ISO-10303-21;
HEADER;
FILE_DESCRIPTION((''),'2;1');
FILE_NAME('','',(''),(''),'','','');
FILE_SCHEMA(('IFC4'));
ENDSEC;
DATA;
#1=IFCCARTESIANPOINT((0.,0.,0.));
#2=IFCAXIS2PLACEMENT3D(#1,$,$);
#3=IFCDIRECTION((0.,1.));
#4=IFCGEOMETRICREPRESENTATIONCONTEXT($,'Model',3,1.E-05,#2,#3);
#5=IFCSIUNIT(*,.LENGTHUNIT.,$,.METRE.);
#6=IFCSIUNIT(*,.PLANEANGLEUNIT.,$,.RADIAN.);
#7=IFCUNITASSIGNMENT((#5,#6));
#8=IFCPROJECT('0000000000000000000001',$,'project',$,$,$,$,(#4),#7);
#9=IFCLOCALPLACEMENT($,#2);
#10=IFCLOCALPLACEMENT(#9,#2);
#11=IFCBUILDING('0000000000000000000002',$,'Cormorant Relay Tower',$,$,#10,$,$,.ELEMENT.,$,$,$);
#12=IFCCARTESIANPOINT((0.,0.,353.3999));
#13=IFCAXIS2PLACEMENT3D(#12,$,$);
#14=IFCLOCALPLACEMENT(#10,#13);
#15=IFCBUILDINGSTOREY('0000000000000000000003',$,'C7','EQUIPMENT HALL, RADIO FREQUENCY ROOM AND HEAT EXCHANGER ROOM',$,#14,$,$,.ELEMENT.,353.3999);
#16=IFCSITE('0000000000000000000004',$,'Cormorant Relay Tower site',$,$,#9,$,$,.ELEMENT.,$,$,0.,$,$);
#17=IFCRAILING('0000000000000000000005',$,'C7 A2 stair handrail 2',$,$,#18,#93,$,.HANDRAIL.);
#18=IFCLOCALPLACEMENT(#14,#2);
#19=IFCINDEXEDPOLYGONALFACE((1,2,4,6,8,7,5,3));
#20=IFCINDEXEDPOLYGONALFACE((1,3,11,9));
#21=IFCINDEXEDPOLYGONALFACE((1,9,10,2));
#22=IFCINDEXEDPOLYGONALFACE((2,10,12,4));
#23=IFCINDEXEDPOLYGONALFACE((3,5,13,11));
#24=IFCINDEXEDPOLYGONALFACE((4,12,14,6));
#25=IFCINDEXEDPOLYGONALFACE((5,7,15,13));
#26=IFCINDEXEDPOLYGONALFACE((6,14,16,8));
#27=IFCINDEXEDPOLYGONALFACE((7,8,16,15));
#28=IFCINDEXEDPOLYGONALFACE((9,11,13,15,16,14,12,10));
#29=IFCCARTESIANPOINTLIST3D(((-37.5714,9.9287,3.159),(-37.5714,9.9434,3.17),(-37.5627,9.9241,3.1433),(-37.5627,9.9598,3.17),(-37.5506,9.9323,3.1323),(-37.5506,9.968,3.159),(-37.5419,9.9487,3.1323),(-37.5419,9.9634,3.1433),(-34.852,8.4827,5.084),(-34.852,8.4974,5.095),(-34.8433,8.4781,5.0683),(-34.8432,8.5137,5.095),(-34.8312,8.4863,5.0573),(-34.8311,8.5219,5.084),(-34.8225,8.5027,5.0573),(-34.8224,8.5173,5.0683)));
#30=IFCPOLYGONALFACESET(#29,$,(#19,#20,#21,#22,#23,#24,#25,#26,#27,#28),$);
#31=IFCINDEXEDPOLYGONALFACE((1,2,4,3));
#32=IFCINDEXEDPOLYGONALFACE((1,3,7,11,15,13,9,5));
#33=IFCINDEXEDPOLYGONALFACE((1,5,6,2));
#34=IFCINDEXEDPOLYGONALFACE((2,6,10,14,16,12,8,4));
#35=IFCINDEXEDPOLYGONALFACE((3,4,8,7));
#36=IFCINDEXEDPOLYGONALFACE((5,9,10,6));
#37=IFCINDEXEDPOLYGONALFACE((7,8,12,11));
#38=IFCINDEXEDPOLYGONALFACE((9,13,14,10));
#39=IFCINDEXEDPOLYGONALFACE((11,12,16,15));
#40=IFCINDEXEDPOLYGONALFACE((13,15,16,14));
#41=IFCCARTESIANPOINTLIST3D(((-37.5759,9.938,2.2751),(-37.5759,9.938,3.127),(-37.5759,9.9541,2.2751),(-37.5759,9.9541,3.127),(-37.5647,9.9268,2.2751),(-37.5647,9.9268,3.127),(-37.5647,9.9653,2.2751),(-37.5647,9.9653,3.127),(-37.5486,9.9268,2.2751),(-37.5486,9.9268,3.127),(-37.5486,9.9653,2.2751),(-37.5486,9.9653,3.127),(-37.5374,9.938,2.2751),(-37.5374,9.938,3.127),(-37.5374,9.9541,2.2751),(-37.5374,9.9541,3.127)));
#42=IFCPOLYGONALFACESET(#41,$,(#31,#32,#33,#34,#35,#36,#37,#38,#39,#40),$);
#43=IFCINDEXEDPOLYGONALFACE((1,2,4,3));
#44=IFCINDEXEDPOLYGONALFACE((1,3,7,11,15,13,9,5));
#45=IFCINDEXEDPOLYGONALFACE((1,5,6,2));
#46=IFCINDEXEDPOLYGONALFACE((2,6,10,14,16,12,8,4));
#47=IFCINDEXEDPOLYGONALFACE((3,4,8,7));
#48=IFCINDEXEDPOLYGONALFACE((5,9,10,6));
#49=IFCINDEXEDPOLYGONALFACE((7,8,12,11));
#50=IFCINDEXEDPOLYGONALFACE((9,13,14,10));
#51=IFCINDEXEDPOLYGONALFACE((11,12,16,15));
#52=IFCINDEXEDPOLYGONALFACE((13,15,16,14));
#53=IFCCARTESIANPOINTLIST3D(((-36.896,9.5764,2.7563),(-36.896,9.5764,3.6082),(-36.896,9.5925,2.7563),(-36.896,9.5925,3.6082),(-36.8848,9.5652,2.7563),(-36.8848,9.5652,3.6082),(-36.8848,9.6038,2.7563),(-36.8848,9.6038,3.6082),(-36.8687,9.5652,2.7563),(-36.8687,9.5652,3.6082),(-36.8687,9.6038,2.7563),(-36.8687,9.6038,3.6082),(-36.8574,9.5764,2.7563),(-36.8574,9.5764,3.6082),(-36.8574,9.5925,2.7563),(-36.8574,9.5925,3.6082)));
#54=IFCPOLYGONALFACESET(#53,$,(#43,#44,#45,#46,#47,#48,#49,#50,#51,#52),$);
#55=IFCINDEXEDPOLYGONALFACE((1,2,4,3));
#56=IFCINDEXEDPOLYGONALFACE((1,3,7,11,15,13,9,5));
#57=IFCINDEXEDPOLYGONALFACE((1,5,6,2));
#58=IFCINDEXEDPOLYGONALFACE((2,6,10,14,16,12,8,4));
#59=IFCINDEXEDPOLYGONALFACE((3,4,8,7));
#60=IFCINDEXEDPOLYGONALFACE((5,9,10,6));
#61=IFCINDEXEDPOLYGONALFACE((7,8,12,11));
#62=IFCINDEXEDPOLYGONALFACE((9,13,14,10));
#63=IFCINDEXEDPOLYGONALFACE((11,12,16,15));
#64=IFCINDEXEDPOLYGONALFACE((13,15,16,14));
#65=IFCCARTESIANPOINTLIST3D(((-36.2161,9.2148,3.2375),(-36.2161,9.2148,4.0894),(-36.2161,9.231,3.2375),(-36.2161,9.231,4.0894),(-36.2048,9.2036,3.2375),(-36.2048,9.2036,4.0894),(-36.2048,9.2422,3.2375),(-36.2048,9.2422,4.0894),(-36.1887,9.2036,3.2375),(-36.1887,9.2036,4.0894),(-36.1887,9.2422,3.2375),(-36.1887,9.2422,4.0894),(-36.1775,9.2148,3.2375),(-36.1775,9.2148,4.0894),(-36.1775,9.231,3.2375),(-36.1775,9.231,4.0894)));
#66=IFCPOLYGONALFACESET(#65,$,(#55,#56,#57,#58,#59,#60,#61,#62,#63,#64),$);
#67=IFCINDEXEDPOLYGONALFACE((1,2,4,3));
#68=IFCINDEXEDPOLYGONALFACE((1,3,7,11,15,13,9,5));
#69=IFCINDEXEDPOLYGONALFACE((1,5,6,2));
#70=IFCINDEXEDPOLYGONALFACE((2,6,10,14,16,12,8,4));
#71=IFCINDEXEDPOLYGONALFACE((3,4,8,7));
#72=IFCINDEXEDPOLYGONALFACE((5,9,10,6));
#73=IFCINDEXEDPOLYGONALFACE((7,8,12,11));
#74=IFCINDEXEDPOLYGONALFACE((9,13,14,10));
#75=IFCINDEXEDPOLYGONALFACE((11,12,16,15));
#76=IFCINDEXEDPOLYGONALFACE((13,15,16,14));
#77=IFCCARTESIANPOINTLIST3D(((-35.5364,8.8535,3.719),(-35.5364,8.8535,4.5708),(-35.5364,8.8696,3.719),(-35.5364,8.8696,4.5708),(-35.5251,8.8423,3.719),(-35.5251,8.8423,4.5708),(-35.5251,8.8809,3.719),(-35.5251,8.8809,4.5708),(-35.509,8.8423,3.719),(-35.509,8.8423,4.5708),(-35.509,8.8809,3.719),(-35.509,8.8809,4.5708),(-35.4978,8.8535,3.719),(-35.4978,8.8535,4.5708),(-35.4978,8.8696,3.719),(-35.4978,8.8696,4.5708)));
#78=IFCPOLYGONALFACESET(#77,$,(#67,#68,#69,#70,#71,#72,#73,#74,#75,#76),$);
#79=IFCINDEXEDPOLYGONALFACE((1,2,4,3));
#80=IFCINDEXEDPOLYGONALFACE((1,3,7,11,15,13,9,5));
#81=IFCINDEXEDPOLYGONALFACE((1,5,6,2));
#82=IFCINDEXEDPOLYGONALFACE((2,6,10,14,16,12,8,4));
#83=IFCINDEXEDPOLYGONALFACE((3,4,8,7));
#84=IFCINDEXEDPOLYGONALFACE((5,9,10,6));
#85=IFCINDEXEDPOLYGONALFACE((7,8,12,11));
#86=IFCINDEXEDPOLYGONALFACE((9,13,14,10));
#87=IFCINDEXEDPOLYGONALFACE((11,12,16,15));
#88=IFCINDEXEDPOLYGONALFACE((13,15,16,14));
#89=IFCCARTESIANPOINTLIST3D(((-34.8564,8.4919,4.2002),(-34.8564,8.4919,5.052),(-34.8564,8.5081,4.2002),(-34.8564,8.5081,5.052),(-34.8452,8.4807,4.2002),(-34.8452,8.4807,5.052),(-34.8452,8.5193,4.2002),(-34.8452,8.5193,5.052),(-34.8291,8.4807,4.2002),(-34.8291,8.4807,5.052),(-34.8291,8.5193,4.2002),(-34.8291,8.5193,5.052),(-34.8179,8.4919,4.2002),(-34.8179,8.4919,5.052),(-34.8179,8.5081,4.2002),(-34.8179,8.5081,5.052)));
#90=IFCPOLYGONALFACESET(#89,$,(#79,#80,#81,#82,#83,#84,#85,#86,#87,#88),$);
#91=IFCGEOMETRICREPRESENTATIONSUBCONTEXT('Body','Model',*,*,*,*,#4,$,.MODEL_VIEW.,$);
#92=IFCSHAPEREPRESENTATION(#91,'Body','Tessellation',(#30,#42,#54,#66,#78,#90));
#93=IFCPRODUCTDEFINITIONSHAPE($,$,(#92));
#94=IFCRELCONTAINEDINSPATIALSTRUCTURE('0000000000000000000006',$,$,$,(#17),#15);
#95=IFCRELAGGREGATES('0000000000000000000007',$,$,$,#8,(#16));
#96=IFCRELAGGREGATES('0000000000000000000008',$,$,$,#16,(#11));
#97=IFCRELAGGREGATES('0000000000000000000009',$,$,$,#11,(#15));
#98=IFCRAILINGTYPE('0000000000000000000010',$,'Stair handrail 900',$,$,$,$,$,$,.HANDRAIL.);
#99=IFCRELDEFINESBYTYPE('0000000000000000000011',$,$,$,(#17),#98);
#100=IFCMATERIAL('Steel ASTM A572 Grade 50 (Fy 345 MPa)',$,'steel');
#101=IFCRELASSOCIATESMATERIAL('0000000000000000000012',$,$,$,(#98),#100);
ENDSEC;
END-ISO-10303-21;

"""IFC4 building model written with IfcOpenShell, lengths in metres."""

from ifc_helpers import new_model, si_unit, direction, frame, origin, place, context, subcontext, project, spatial, polyline, outline, extrude, material, type_object, element, save


model = new_model("IFC4")

# Units and contexts
model_context = context("Model", 3, precision=1e-05, world=origin(), true_north=direction((0.0, 1.0)))
body_context = subcontext(model_context, "Body", "Model", "MODEL_VIEW")
ifc_project = project(units=[si_unit("LENGTHUNIT", "METRE"), si_unit("PLANEANGLEUNIT", "RADIAN")], contexts=[model_context])

# Site, building, storey
site_placement = place(None, origin())
site = spatial("IfcSite", under=ifc_project, at=site_placement, Name="Cormorant Relay Tower site", CompositionType="ELEMENT", RefElevation=0.0)
building_placement = place(site_placement, origin())
building = spatial("IfcBuilding", under=site, at=building_placement, Name="Cormorant Relay Tower", CompositionType="ELEMENT")
storey_placement = place(building_placement, frame((0.0, 0.0, 353.3999)))
storey = spatial("IfcBuildingStorey", under=building, at=storey_placement, Name="C7", Description="EQUIPMENT HALL, RADIO FREQUENCY ROOM AND HEAT EXCHANGER ROOM", CompositionType="ELEMENT", Elevation=353.3999)

# Railing
ifc_material_1 = material(Name="Steel ASTM A572 Grade 50 (Fy 345 MPa)", Category="steel")
railing_type_1 = type_object("IfcRailingType", Name="Stair handrail 900", PredefinedType="HANDRAIL", material=ifc_material_1)
railing_1_placement = place(storey_placement, frame((-37.5566, 9.946, 2.2751)))
element("IfcRailing", 1, at=railing_1_placement, inside=storey, type_object=railing_type_1, Name="C7 A2 stair handrail 2", PredefinedType="HANDRAIL", context=body_context, shape_type="SweptSolid", body=[
    extrude(outline(polyline([(0.0222, 0.0093), (0.0093, 0.0222), (-0.0093, 0.0222), (-0.0222, 0.0093), (-0.0222, -0.0093), (-0.0093, -0.0222), (0.0093, -0.0222), (0.0222, -0.0093), (0.0222, 0.0093)])), frame((0.0, 0.0, 0.876), z_axis=(0.748727, -0.398125, 0.530004), x_axis=(0.469489, 0.882938, 0.0)), (0.0, 0.0, 1.0), 3.6321),
    extrude(outline(polyline([(0.0193, 0.0081), (0.0081, 0.0193), (-0.0081, 0.0193), (-0.0193, 0.0081), (-0.0193, -0.0081), (-0.0081, -0.0193), (0.0081, -0.0193), (0.0193, -0.0081), (0.0193, 0.0081)])), origin(), (0.0, 0.0, 1.0), 0.8518),
    extrude(outline(polyline([(0.0193, 0.0081), (0.0081, 0.0193), (-0.0081, 0.0193), (-0.0193, 0.0081), (-0.0193, -0.0081), (-0.0081, -0.0193), (0.0081, -0.0193), (0.0193, -0.0081), (0.0193, 0.0081)])), frame((0.6799, -0.3616, 0.4812)), (0.0, 0.0, 1.0), 0.8518),
    extrude(outline(polyline([(0.0193, 0.0081), (0.0081, 0.0193), (-0.0081, 0.0193), (-0.0193, 0.0081), (-0.0193, -0.0081), (-0.0081, -0.0193), (0.0081, -0.0193), (0.0193, -0.0081), (0.0193, 0.0081)])), frame((1.3599, -0.7231, 0.9624)), (0.0, 0.0, 1.0), 0.8518),
    extrude(outline(polyline([(0.0193, 0.0081), (0.0081, 0.0193), (-0.0081, 0.0193), (-0.0193, 0.0081), (-0.0193, -0.0081), (-0.0081, -0.0193), (0.0081, -0.0193), (0.0193, -0.0081), (0.0193, 0.0081)])), frame((2.0396, -1.0845, 1.4438)), (0.0, 0.0, 1.0), 0.8518),
    extrude(outline(polyline([(0.0193, 0.0081), (0.0081, 0.0193), (-0.0081, 0.0193), (-0.0193, 0.0081), (-0.0193, -0.0081), (-0.0081, -0.0193), (0.0081, -0.0193), (0.0193, -0.0081), (0.0193, 0.0081)])), frame((2.7195, -1.446, 1.925)), (0.0, 0.0, 1.0), 0.8518),
])

save(model, "model.ifc")
